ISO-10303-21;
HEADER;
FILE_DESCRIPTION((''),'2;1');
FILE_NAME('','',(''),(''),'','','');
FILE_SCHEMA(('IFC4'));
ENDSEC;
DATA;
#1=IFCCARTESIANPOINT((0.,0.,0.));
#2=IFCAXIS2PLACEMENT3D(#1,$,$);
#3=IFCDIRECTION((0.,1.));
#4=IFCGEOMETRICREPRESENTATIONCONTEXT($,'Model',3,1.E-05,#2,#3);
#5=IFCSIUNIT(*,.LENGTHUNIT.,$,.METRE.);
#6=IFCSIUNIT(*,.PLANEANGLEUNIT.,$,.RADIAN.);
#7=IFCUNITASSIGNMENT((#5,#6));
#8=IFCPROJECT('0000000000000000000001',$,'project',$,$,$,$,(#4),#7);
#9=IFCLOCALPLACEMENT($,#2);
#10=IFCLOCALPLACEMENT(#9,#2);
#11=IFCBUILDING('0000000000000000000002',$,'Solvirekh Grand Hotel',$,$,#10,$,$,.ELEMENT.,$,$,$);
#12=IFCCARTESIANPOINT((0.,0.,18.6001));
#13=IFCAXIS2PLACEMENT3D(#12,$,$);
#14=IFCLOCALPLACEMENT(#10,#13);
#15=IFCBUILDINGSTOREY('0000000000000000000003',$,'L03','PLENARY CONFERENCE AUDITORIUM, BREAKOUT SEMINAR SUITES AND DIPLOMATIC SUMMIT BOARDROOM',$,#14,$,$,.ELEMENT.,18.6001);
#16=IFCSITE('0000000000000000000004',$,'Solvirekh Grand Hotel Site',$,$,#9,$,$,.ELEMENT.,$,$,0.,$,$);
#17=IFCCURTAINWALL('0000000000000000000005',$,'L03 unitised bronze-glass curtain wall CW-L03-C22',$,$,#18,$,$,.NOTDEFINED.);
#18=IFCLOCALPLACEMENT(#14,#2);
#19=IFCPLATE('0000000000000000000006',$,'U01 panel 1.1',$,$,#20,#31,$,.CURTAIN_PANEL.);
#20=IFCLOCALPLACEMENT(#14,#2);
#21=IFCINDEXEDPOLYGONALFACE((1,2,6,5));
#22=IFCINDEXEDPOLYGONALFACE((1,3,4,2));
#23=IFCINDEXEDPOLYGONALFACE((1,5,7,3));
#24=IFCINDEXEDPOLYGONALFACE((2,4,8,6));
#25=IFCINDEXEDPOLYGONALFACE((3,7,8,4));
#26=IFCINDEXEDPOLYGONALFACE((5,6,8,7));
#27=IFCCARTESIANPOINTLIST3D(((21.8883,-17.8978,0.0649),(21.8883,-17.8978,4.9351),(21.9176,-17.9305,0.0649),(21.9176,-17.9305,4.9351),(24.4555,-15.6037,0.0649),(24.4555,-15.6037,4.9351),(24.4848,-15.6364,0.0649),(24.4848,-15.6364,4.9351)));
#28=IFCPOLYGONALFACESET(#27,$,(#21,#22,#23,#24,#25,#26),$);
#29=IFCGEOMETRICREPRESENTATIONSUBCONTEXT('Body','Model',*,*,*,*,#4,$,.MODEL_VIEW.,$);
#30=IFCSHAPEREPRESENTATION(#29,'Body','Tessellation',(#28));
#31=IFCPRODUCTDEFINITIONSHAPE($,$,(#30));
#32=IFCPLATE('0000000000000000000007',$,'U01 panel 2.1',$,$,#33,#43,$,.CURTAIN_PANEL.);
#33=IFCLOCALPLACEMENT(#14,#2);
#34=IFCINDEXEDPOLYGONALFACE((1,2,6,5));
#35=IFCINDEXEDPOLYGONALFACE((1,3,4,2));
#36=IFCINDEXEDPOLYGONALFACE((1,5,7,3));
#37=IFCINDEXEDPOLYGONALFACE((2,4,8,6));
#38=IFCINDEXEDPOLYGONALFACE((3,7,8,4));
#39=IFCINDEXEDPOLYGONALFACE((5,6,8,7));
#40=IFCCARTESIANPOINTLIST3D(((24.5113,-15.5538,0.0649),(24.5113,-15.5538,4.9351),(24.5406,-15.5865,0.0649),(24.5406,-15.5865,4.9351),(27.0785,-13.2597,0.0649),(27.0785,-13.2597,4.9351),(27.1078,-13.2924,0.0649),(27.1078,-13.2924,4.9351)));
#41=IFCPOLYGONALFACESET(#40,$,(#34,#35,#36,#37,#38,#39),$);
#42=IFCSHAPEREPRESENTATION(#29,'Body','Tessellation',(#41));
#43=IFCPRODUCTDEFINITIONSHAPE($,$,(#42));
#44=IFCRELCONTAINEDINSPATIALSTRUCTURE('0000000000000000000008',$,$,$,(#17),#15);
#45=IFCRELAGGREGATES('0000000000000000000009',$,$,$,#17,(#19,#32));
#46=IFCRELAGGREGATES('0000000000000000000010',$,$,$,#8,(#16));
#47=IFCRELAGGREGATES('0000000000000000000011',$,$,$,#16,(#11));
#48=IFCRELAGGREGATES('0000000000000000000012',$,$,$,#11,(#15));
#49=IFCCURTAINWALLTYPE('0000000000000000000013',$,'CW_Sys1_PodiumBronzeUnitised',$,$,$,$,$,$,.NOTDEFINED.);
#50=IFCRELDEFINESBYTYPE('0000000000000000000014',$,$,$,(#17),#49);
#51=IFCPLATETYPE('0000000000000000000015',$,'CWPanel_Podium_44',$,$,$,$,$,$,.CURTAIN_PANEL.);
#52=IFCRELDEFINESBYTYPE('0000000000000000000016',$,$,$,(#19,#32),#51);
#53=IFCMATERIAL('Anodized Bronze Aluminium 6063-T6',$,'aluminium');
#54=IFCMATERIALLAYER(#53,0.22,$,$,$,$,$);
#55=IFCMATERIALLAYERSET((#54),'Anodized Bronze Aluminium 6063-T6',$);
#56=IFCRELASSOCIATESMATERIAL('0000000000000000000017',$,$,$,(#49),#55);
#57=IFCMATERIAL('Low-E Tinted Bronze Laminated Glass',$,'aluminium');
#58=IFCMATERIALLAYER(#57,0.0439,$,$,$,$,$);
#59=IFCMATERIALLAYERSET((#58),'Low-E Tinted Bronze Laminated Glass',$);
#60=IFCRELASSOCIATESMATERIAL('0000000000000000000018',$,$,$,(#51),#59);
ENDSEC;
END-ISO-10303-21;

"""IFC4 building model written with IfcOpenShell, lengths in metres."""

from ifc_helpers import new_model, si_unit, direction, frame, origin, origin_2d, place, context, subcontext, project, spatial, rectangle, extrude, source, transform, mapped, material, layer, layer_set, type_object, element, aggregate, save


model = new_model("IFC4")

# Units and contexts
model_context = context("Model", 3, precision=1e-05, world=origin(), true_north=direction((0.0, 1.0)))
body_context = subcontext(model_context, "Body", "Model", "MODEL_VIEW")
ifc_project = project(units=[si_unit("LENGTHUNIT", "METRE"), si_unit("PLANEANGLEUNIT", "RADIAN")], contexts=[model_context])

# Site, building, storey
site_placement = place(None, origin())
site = spatial("IfcSite", under=ifc_project, at=site_placement, Name="Solvirekh Grand Hotel Site", CompositionType="ELEMENT", RefElevation=0.0)
building_placement = place(site_placement, origin())
building = spatial("IfcBuilding", under=site, at=building_placement, Name="Solvirekh Grand Hotel", CompositionType="ELEMENT")
storey_placement = place(building_placement, frame((0.0, 0.0, 18.6001)))
storey = spatial("IfcBuildingStorey", under=building, at=storey_placement, Name="L03", Description="PLENARY CONFERENCE AUDITORIUM, BREAKOUT SEMINAR SUITES AND DIPLOMATIC SUMMIT BOARDROOM", CompositionType="ELEMENT", Elevation=18.6001)

# Shared definitions
ifc_material_1 = material(Name="Anodized Bronze Aluminium 6063-T6", Category="aluminium")
ifc_layer_1 = layer(ifc_material_1, 0.22)
ifc_layer_set_1 = layer_set([ifc_layer_1], Name="Anodized Bronze Aluminium 6063-T6")
curtain_wall_type = type_object("IfcCurtainWallType", Name="CW_Sys1_PodiumBronzeUnitised", PredefinedType="NOTDEFINED", material=ifc_layer_set_1)

# Curtain wall
curtain_wall_1_placement = place(storey_placement, origin())
curtain_wall_1 = element("IfcCurtainWall", 1, at=curtain_wall_1_placement, inside=storey, type_object=curtain_wall_type, Name="L03 unitised bronze-glass curtain wall CW-L03-C22", PredefinedType="NOTDEFINED")

# Plates
ifc_material_2 = material(Name="Low-E Tinted Bronze Laminated Glass", Category="aluminium")
ifc_layer_2 = layer(ifc_material_2, 0.0439)
ifc_layer_set_2 = layer_set([ifc_layer_2], Name="Low-E Tinted Bronze Laminated Glass")
plate_type = type_object("IfcPlateType", Name="CWPanel_Podium_44", PredefinedType="CURTAIN_PANEL", material=ifc_layer_set_2)
shared_shape_1 = source(origin(), body_context, "Body", "SweptSolid", [
    extrude(rectangle(XDim=3.4429, YDim=0.0439, at=origin_2d()), origin(), (0.0, 0.0, 1.0), 4.8701),
])
plate_1_placement = place(storey_placement, frame((23.1865, -16.7671, 0.0649), z_axis=(0.0, 0.0, 1.0), x_axis=(0.745653, 0.666334, 0.0)))
plate_1 = element("IfcPlate", 2, at=plate_1_placement, type_object=plate_type, Name="U01 panel 1.1", PredefinedType="CURTAIN_PANEL", context=body_context, shape_type="MappedRepresentation", body=[
    mapped(shared_shape_1, transform((0.0, 0.0, 0.0), x_axis=(1.0, 0.0, 0.0), y_axis=(0.0, 1.0, 0.0), z_axis=(0.0, 0.0, 1.0), scale=1.0)),
])
plate_2_placement = place(storey_placement, frame((25.8096, -14.4231, 0.0649), z_axis=(0.0, 0.0, 1.0), x_axis=(0.745653, 0.666334, 0.0)))
plate_2 = element("IfcPlate", 3, at=plate_2_placement, type_object=plate_type, Name="U01 panel 2.1", PredefinedType="CURTAIN_PANEL", context=body_context, shape_type="MappedRepresentation", body=[
    mapped(shared_shape_1, transform((0.0, 0.0, 0.0), x_axis=(1.0, 0.0, 0.0), y_axis=(0.0, 1.0, 0.0), z_axis=(0.0, 0.0, 1.0), scale=1.0)),
])
aggregate(curtain_wall_1, [plate_1, plate_2])

save(model, "model.ifc")
